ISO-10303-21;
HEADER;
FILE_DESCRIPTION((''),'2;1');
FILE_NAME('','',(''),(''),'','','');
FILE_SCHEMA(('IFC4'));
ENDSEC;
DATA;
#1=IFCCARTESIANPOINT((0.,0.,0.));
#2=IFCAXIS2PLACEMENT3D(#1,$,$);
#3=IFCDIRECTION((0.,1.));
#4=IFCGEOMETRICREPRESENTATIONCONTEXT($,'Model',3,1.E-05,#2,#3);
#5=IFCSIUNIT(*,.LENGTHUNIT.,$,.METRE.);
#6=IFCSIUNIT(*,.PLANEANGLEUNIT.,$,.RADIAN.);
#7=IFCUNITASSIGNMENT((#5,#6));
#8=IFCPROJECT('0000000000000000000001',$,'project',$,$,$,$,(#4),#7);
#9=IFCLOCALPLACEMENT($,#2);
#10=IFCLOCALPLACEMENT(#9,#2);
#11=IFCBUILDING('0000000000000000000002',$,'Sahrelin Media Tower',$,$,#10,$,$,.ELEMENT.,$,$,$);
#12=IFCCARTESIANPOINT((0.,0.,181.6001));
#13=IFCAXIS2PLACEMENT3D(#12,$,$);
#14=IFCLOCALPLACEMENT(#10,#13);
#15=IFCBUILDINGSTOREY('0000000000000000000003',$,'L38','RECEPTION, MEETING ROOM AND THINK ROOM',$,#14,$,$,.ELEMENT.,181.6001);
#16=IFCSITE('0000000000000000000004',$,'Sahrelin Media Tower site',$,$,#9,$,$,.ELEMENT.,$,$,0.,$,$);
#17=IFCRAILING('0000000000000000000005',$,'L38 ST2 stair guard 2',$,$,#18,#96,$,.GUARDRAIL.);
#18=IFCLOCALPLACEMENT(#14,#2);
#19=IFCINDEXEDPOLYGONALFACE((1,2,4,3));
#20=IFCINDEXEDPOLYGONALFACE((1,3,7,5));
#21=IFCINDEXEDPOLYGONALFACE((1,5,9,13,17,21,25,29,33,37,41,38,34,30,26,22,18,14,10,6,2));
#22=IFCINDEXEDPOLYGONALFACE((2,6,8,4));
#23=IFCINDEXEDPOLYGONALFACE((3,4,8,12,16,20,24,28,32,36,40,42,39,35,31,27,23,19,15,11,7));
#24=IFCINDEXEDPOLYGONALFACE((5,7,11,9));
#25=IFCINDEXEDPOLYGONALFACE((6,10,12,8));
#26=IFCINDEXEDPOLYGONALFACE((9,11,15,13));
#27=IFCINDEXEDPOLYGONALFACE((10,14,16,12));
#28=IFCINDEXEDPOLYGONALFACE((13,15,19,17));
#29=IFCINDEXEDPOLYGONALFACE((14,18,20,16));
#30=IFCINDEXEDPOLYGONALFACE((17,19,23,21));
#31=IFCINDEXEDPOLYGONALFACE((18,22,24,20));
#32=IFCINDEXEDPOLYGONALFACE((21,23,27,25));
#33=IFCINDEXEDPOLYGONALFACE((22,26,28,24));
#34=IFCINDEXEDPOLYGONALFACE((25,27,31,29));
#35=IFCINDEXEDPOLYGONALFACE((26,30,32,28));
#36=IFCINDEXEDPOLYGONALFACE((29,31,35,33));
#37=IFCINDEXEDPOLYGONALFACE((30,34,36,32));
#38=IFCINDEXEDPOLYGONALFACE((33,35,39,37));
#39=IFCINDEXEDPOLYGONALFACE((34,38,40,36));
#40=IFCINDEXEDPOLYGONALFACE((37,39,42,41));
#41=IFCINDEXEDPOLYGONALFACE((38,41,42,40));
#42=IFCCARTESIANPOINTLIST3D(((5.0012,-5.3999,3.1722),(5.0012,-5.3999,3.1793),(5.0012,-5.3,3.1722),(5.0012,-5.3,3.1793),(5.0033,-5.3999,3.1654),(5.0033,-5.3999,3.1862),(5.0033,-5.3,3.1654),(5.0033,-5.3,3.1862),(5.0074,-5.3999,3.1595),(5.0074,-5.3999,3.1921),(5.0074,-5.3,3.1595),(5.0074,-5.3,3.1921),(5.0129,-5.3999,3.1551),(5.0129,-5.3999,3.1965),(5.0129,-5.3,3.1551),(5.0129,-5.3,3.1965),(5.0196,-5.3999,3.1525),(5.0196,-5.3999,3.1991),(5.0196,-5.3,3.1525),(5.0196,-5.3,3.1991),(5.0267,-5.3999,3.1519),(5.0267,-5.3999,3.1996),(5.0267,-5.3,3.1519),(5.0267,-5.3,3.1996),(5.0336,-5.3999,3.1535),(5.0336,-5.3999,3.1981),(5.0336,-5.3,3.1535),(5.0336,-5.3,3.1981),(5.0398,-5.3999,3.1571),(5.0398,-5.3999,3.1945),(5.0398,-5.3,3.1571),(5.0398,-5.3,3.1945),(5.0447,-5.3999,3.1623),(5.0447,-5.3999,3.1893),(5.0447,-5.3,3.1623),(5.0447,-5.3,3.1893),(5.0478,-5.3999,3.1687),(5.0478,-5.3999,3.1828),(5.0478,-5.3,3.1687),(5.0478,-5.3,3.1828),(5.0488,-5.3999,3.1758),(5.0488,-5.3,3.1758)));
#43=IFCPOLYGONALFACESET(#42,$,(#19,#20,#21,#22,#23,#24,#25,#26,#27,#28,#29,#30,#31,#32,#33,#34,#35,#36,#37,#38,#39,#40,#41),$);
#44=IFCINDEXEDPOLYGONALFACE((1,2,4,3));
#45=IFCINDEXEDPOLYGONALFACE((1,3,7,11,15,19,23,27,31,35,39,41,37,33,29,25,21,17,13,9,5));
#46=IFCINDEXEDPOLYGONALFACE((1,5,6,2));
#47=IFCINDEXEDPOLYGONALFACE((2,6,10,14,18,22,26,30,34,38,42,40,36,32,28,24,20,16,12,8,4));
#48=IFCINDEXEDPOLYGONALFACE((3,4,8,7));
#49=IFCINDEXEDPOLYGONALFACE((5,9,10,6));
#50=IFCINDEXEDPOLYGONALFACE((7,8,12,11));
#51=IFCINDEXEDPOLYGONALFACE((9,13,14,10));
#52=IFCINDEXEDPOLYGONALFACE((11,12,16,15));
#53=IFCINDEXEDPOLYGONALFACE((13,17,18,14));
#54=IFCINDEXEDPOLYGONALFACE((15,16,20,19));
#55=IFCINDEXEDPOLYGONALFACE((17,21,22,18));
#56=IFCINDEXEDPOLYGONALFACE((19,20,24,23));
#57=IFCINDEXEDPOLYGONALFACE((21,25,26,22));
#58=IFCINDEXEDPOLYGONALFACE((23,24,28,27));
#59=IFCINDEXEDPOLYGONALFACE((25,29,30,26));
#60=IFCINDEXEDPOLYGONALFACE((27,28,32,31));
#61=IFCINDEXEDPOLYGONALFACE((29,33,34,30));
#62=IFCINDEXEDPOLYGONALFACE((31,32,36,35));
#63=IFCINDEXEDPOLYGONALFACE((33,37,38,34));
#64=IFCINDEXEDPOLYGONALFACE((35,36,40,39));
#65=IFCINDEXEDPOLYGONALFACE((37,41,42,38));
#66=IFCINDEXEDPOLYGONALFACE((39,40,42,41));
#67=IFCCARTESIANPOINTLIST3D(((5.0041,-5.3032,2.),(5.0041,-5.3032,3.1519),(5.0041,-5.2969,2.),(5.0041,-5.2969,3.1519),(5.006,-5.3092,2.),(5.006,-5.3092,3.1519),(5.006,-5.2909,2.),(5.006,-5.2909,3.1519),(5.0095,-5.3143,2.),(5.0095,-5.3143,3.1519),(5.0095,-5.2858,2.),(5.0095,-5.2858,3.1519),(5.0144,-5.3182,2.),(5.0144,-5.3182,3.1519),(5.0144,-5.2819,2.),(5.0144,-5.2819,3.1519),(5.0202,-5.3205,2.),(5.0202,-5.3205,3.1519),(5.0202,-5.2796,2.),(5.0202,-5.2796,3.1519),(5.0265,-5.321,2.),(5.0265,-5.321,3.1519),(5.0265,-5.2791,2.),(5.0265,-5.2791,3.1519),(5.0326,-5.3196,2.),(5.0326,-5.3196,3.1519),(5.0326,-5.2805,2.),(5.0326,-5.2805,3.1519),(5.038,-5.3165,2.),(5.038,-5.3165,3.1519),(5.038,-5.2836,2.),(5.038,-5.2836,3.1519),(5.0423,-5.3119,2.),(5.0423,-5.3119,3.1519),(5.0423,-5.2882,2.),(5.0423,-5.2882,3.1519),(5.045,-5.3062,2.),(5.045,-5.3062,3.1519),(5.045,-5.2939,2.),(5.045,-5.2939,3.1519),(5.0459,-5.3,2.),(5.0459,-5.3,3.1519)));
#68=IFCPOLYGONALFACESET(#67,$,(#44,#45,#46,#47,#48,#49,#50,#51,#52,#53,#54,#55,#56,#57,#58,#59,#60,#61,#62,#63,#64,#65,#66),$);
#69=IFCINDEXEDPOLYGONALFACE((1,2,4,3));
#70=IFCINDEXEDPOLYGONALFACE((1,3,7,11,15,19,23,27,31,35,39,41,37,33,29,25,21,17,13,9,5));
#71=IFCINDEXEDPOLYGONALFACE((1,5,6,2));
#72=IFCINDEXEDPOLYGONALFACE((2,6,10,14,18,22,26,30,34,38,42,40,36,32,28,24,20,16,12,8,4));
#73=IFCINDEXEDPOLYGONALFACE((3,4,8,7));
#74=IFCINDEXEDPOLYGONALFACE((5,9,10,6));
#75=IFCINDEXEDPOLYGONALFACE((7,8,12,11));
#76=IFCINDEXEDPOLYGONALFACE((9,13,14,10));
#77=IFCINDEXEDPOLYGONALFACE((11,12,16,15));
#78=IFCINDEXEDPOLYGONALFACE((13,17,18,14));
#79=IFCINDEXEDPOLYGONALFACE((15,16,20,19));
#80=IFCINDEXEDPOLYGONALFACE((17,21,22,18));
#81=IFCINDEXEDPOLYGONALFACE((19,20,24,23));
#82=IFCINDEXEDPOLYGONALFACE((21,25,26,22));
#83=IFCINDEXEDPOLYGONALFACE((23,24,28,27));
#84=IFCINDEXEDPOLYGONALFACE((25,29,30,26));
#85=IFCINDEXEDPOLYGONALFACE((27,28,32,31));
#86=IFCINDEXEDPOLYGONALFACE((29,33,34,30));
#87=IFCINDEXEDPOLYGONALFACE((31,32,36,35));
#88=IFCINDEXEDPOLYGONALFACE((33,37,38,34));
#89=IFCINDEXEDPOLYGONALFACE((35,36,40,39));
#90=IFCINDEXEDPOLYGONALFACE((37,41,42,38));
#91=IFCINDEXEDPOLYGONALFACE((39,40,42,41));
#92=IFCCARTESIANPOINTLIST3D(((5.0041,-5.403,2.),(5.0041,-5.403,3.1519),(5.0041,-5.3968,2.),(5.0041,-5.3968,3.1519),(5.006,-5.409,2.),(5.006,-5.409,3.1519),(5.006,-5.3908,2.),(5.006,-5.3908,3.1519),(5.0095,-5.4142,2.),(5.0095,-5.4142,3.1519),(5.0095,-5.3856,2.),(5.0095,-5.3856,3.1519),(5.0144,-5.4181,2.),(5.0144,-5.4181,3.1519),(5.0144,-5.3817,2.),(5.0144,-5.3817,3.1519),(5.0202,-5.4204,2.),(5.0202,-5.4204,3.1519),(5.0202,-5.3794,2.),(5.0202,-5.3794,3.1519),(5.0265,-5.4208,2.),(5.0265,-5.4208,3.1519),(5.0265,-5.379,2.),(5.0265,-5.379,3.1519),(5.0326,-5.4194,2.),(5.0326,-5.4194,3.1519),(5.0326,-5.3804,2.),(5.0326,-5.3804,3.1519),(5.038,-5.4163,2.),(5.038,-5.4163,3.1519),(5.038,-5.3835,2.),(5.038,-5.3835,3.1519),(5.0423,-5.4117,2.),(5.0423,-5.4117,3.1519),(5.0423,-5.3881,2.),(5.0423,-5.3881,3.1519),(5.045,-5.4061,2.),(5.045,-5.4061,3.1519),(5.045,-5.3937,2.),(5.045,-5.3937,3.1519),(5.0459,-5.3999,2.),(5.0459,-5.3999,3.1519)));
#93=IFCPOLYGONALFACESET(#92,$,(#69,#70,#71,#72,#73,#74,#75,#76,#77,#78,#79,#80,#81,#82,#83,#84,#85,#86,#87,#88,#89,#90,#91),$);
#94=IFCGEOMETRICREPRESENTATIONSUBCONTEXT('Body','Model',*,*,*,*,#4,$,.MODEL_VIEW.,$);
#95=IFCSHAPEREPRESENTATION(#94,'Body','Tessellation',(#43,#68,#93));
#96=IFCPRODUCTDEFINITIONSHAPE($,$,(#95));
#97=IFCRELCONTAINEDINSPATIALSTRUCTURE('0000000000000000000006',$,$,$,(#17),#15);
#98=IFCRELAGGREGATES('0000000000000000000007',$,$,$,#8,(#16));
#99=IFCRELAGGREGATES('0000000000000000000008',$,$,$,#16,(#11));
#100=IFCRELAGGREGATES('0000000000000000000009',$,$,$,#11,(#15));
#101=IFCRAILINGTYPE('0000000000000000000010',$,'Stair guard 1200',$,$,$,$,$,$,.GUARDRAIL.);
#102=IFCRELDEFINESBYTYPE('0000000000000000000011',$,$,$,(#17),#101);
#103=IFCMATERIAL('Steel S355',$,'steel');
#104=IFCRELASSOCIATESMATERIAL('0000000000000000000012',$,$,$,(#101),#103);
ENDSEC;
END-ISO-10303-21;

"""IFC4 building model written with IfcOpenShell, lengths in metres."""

from ifc_helpers import new_model, si_unit, direction, frame, origin, origin_2d, place, context, subcontext, project, spatial, circle, extrude, material, type_object, element, save


model = new_model("IFC4")

# Units and contexts
model_context = context("Model", 3, precision=1e-05, world=origin(), true_north=direction((0.0, 1.0)))
body_context = subcontext(model_context, "Body", "Model", "MODEL_VIEW")
ifc_project = project(units=[si_unit("LENGTHUNIT", "METRE"), si_unit("PLANEANGLEUNIT", "RADIAN")], contexts=[model_context])

# Site, building, storey
site_placement = place(None, origin())
site = spatial("IfcSite", under=ifc_project, at=site_placement, Name="Sahrelin Media Tower site", CompositionType="ELEMENT", RefElevation=0.0)
building_placement = place(site_placement, origin())
building = spatial("IfcBuilding", under=site, at=building_placement, Name="Sahrelin Media Tower", CompositionType="ELEMENT")
storey_placement = place(building_placement, frame((0.0, 0.0, 181.6001)))
storey = spatial("IfcBuildingStorey", under=building, at=storey_placement, Name="L38", Description="RECEPTION, MEETING ROOM AND THINK ROOM", CompositionType="ELEMENT", Elevation=181.6001)

# Railing
ifc_material_1 = material(Name="Steel S355", Category="steel")
railing_type_1 = type_object("IfcRailingType", Name="Stair guard 1200", PredefinedType="GUARDRAIL", material=ifc_material_1)
railing_1_placement = place(storey_placement, frame((5.0249, -5.3, 2.0)))
element("IfcRailing", 1, at=railing_1_placement, inside=storey, type_object=railing_type_1, Name="L38 ST2 stair guard 2", PredefinedType="GUARDRAIL", context=body_context, shape_type="SweptSolid", body=[
    extrude(circle(Radius=0.0239, at=origin_2d()), frame((0.0, 0.0, 1.1758), z_axis=(0.0, -1.0, 0.0), x_axis=(1.0, 0.0, 0.0)), (0.0, 0.0, 1.0), 0.0999),
    extrude(circle(Radius=0.021, at=origin_2d()), origin(), (0.0, 0.0, 1.0), 1.1519),
    extrude(circle(Radius=0.021, at=origin_2d()), frame((0.0, -0.0999, 0.0)), (0.0, 0.0, 1.0), 1.1519),
])

save(model, "model.ifc")
